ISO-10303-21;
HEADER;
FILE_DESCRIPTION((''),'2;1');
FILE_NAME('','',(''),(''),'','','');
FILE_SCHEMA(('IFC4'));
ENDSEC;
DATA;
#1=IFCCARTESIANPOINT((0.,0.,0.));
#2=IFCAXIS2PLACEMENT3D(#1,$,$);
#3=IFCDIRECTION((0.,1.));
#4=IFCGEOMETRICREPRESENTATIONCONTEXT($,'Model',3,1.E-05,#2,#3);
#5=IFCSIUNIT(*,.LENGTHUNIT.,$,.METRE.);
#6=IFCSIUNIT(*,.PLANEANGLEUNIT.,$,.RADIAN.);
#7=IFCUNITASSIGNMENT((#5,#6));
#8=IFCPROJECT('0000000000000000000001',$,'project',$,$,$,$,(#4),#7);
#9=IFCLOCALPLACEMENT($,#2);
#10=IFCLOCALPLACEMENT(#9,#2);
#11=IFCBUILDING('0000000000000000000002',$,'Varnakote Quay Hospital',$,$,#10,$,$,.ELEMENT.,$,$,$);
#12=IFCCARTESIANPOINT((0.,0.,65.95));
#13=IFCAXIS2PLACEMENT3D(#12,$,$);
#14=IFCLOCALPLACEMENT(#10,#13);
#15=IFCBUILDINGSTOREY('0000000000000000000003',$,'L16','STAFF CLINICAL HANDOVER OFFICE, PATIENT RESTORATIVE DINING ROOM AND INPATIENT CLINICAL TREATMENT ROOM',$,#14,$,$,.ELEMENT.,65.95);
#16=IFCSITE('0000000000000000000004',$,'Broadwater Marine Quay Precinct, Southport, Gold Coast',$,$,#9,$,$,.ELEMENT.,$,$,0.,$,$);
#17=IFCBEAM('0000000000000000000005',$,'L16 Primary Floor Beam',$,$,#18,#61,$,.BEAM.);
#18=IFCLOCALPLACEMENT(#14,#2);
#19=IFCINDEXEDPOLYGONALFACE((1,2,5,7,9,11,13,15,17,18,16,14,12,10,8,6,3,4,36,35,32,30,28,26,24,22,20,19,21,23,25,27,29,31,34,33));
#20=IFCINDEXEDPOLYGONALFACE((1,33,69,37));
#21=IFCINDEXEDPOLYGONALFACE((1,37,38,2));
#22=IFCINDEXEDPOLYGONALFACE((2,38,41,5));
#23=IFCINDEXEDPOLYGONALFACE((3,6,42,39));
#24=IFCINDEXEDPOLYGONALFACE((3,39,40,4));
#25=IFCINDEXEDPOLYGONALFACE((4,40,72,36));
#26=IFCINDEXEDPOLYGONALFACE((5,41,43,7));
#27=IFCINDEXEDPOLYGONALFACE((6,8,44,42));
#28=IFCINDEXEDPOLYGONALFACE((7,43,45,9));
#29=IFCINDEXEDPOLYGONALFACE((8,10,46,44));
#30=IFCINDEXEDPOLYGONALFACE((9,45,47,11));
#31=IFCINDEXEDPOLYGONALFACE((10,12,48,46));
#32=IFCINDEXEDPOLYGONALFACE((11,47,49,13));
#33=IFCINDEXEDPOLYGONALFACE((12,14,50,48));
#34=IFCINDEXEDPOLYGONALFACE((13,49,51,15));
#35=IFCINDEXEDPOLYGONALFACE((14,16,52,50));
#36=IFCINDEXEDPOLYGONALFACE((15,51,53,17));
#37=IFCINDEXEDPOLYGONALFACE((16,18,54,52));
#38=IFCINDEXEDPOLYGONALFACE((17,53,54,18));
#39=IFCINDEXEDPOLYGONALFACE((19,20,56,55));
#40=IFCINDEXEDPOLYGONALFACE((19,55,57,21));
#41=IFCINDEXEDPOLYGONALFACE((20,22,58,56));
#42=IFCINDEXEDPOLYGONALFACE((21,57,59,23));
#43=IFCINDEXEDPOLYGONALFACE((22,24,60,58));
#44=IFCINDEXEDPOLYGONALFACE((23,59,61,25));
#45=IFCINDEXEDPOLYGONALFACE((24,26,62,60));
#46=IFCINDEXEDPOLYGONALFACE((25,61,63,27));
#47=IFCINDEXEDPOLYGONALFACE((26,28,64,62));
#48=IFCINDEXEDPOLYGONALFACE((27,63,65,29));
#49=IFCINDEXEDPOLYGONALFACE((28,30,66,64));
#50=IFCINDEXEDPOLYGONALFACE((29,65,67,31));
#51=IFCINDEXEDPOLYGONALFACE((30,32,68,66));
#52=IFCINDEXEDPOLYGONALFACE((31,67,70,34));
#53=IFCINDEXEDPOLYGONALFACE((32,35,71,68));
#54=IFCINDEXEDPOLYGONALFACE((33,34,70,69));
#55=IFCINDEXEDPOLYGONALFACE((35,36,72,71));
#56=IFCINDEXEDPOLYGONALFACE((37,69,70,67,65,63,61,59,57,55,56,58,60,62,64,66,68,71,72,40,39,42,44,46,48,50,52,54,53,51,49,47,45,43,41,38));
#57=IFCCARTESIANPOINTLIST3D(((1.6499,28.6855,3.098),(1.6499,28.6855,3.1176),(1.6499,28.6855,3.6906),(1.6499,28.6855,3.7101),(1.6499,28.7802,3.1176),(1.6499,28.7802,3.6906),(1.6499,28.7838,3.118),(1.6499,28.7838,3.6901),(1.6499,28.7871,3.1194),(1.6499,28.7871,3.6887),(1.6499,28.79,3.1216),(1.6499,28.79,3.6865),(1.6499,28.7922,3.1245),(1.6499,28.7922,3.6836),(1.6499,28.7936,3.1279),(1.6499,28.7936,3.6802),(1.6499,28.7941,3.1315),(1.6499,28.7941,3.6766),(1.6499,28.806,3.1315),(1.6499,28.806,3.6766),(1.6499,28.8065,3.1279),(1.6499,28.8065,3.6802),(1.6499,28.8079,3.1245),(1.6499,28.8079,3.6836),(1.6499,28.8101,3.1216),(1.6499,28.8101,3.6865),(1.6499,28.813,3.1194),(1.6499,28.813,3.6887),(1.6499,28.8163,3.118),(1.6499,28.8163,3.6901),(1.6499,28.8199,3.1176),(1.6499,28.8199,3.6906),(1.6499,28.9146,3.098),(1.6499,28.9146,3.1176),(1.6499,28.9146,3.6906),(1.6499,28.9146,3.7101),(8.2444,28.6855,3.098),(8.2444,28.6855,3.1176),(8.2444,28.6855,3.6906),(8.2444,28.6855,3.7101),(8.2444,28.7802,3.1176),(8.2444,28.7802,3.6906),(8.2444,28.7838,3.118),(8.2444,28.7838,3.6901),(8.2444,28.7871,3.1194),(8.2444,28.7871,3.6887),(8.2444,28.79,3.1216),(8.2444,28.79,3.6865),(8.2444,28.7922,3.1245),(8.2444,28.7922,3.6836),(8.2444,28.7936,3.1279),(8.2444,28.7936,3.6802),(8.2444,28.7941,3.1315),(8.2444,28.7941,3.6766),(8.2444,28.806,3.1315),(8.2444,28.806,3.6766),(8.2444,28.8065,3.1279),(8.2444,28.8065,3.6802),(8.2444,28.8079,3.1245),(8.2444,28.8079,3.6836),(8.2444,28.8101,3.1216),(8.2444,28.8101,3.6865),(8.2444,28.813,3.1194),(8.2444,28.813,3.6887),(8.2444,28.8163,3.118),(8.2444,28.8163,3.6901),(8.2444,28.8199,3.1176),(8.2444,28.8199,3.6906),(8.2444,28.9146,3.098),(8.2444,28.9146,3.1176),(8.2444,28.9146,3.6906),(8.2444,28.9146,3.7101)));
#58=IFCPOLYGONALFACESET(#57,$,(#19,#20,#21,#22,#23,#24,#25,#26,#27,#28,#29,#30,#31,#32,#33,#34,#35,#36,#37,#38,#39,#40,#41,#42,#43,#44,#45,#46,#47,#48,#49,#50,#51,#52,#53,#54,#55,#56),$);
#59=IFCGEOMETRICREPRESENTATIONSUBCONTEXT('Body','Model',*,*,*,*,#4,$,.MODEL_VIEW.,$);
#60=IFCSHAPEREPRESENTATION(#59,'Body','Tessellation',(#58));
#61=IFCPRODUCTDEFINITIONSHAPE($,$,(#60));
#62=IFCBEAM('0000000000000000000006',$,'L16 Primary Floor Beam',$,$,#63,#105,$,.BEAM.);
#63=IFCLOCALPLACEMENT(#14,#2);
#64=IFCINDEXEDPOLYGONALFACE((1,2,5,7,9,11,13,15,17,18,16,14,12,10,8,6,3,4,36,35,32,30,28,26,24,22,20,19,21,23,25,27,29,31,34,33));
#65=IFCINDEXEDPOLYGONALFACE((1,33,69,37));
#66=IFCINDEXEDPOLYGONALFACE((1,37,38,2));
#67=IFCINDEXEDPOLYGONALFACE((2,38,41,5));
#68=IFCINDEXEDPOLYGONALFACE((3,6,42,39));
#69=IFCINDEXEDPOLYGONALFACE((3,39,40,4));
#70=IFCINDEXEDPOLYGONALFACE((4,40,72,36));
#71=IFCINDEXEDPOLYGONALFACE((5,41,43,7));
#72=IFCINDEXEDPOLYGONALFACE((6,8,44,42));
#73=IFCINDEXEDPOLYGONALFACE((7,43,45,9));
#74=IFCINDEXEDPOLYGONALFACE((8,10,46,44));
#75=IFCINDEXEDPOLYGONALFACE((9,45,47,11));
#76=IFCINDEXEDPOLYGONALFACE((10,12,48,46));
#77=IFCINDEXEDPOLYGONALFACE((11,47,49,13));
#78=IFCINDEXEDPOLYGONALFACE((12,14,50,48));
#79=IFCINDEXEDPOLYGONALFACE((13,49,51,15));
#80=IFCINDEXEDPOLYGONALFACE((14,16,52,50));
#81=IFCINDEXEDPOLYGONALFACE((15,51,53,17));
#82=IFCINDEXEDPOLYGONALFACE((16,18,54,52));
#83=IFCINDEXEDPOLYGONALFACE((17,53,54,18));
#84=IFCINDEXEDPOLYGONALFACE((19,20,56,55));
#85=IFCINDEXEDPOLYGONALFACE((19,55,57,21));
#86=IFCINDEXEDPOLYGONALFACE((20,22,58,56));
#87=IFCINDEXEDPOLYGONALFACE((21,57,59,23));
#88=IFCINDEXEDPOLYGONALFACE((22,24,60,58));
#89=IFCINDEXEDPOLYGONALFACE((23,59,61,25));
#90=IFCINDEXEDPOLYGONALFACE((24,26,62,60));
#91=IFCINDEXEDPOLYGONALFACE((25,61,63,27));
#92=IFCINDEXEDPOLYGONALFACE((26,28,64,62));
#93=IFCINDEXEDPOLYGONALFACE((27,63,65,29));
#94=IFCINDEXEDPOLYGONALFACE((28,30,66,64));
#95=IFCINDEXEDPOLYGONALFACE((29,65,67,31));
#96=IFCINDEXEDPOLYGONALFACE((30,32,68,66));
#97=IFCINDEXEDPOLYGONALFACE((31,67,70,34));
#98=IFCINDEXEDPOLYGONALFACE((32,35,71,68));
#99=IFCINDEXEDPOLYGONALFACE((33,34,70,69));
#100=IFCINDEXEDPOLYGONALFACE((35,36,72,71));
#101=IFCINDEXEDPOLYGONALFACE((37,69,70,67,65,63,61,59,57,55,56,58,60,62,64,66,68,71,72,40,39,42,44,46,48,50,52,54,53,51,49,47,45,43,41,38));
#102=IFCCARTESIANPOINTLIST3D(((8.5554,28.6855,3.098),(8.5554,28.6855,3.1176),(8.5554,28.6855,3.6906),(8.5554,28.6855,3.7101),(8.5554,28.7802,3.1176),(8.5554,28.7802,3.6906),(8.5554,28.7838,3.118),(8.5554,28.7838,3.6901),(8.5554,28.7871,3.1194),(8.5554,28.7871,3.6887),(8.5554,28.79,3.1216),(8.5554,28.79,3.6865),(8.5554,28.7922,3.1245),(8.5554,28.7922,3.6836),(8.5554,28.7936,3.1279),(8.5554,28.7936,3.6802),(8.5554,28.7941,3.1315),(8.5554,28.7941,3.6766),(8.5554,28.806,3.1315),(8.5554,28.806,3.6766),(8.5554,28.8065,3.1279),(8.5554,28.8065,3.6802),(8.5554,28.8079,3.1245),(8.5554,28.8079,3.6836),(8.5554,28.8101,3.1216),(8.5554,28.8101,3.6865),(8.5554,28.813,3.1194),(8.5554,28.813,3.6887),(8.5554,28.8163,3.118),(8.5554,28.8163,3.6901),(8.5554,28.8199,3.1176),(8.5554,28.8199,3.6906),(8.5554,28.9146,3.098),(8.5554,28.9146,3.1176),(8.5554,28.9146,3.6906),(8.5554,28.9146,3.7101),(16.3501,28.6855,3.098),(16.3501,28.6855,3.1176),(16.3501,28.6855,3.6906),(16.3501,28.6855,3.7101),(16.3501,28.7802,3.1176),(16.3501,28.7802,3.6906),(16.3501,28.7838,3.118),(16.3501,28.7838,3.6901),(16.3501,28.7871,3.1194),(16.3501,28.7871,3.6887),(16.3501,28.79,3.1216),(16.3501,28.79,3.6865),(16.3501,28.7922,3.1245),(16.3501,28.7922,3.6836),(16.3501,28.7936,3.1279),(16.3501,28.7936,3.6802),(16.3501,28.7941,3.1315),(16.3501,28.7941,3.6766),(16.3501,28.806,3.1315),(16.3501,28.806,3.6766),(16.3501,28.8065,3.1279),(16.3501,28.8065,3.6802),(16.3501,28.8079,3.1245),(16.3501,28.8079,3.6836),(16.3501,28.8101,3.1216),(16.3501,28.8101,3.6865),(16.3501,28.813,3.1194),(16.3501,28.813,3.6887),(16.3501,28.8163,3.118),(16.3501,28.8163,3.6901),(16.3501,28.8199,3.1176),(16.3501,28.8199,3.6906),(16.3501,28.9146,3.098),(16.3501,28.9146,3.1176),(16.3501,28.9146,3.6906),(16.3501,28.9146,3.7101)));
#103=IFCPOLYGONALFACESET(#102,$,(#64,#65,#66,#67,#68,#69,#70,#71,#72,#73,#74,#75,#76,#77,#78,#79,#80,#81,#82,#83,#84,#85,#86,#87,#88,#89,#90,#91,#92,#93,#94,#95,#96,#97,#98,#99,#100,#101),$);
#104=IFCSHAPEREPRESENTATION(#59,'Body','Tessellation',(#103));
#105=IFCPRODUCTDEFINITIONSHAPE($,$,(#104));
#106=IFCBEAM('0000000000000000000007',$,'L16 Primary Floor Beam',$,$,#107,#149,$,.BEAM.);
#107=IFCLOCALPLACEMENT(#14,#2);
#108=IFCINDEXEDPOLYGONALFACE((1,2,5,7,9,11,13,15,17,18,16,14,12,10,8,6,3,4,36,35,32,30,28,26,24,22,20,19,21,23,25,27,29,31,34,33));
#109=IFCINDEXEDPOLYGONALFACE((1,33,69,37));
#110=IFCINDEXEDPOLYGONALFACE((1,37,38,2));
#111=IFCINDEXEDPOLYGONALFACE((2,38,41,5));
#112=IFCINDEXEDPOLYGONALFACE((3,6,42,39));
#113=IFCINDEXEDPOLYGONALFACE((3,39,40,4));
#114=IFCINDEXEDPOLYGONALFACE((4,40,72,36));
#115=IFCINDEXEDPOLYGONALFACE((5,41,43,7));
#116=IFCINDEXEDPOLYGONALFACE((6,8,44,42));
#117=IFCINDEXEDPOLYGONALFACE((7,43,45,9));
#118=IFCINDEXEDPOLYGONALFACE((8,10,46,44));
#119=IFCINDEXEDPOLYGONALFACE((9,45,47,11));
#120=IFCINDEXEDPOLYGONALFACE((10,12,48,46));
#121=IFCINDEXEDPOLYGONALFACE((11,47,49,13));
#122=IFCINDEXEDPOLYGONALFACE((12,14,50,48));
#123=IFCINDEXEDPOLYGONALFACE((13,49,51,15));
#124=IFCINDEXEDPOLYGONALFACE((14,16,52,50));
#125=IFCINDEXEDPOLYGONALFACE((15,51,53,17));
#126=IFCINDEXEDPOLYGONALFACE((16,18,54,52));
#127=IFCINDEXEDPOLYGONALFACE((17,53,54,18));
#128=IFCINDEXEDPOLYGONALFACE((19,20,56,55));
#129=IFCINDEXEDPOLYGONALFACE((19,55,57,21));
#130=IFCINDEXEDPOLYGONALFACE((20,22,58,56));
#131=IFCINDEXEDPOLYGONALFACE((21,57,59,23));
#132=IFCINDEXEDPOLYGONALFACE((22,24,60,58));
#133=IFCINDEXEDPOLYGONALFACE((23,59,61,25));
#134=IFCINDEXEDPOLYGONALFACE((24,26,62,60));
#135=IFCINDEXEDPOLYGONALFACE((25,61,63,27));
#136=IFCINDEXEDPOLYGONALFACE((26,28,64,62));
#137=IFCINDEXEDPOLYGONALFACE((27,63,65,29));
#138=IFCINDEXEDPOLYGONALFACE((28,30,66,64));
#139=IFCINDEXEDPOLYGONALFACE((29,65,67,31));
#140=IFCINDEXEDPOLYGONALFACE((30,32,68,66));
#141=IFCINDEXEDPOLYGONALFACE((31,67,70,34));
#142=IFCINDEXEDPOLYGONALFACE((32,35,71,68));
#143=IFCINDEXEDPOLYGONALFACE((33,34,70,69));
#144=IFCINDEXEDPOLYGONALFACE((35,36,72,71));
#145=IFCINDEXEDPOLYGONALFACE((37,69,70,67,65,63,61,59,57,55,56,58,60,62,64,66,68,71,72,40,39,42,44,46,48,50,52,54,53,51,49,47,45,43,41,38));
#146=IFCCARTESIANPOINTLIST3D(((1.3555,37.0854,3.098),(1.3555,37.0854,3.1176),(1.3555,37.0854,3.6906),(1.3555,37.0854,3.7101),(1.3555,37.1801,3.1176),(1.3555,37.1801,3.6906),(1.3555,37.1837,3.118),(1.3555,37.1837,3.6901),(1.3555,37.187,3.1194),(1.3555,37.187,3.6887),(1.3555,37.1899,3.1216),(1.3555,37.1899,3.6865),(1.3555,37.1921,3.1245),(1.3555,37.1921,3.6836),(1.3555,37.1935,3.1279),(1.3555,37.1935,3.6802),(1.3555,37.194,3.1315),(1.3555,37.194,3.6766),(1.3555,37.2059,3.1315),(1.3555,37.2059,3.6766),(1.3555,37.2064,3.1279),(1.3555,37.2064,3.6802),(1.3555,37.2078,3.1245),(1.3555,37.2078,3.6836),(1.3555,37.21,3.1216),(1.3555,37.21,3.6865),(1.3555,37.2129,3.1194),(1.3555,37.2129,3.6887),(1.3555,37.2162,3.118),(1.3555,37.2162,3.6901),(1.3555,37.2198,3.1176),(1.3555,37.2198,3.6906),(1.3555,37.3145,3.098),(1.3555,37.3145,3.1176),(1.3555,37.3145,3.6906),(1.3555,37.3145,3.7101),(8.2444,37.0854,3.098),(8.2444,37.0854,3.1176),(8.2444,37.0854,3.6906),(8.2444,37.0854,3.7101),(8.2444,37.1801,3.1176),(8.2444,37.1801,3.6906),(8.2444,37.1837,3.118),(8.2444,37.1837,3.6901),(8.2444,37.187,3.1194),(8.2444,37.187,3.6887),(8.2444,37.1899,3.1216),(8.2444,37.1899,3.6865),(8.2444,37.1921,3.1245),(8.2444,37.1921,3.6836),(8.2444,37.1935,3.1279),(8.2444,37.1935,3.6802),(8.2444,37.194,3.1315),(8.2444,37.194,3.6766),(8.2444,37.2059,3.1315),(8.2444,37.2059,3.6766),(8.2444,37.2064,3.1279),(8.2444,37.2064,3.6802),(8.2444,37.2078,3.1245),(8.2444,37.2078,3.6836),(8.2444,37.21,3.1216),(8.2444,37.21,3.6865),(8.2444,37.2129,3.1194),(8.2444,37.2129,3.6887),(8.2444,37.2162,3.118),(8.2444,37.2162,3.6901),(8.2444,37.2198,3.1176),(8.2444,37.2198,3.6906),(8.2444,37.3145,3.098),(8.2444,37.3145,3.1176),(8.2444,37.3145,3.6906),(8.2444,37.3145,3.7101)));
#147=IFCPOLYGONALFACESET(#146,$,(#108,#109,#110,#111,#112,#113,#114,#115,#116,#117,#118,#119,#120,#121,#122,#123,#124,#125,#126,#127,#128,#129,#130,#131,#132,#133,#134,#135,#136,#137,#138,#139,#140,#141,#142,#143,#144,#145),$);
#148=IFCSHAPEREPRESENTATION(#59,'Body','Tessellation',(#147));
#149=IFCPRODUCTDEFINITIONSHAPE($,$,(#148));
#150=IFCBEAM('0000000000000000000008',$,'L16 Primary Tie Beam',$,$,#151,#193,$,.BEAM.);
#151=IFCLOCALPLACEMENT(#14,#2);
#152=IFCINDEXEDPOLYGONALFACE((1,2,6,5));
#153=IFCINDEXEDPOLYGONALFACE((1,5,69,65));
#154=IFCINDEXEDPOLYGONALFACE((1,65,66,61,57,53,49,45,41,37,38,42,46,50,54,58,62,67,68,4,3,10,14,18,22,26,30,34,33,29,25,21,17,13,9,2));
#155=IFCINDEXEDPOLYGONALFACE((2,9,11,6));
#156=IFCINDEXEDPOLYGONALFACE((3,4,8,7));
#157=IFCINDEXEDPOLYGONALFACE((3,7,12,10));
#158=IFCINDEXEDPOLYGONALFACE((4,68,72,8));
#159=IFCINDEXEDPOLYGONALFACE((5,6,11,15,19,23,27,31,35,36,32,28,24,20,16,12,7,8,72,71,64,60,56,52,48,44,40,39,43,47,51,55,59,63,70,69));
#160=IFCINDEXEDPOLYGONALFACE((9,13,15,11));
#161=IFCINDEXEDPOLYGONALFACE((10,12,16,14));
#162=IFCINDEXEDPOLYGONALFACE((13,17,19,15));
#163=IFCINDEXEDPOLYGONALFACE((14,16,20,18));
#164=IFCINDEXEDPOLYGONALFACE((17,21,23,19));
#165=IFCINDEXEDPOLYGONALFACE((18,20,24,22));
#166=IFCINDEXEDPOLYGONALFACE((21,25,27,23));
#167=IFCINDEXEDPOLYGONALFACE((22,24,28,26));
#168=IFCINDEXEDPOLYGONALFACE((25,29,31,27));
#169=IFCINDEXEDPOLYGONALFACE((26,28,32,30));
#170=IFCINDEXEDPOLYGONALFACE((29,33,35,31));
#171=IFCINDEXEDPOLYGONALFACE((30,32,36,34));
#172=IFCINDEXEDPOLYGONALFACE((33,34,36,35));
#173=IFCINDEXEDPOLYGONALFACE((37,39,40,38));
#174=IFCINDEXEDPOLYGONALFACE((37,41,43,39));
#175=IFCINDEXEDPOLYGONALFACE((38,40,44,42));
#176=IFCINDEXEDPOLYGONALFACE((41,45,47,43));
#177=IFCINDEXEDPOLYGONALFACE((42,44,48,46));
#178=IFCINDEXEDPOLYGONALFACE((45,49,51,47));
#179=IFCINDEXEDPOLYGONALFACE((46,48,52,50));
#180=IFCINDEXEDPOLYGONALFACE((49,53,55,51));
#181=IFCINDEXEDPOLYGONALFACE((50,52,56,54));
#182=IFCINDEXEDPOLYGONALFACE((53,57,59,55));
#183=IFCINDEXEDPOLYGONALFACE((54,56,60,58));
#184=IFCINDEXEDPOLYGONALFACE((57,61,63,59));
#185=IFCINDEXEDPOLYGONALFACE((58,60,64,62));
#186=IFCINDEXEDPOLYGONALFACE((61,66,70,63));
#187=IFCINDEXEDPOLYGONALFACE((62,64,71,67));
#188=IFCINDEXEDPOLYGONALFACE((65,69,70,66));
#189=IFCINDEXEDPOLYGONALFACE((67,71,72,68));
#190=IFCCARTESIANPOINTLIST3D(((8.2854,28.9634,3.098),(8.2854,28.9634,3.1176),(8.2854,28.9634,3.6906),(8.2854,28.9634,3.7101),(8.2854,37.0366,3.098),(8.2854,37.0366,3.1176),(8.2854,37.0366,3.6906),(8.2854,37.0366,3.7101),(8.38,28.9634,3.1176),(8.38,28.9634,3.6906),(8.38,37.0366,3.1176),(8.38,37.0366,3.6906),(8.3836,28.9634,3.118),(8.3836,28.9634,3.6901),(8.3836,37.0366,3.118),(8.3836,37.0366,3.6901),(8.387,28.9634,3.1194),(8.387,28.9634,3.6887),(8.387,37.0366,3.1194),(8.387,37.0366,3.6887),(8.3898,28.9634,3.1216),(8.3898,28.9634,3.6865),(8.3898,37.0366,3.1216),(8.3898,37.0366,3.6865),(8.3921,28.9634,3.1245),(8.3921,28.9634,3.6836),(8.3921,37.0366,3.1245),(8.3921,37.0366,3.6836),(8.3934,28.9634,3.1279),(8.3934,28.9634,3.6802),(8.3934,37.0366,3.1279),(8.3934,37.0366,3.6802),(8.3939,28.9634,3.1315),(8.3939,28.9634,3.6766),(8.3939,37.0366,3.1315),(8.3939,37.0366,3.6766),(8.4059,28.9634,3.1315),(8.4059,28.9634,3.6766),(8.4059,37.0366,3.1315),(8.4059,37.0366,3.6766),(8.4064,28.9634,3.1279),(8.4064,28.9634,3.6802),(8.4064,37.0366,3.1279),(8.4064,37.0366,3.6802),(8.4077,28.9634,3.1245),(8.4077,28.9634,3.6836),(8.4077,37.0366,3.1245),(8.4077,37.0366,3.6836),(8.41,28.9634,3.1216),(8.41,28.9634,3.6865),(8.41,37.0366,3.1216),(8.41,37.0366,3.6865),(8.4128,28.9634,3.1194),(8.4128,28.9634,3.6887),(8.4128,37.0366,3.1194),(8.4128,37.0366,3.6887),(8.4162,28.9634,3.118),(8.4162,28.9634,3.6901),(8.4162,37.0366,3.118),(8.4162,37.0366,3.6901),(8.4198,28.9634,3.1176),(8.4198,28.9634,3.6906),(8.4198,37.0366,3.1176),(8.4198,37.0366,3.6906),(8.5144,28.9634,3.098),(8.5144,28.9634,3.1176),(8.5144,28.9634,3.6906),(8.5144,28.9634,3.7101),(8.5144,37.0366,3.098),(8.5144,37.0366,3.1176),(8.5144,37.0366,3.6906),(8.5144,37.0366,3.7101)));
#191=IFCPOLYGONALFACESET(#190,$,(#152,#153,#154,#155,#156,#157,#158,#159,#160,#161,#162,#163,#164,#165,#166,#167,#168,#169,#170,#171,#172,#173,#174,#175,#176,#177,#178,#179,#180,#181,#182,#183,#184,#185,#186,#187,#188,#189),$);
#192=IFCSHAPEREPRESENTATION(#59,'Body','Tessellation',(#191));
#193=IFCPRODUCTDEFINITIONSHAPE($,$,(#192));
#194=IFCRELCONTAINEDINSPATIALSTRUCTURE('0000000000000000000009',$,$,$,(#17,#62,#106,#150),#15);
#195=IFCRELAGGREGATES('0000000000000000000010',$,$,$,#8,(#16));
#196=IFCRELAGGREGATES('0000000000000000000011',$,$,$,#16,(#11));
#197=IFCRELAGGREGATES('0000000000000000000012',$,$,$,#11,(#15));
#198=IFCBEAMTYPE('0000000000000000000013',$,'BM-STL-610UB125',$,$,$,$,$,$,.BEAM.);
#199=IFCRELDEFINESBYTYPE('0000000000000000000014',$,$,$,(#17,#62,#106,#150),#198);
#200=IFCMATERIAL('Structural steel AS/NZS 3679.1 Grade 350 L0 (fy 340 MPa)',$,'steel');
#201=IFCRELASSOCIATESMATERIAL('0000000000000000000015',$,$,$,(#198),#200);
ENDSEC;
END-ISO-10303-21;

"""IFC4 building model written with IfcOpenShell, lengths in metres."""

from ifc_helpers import new_model, si_unit, direction, frame, origin, origin_2d, place, context, subcontext, project, spatial, i_section, extrude, material, material_profile, profile_set, type_object, element, save


model = new_model("IFC4")

# Units and contexts
model_context = context("Model", 3, precision=1e-05, world=origin(), true_north=direction((0.0, 1.0)))
body_context = subcontext(model_context, "Body", "Model", "MODEL_VIEW")
ifc_project = project(units=[si_unit("LENGTHUNIT", "METRE"), si_unit("PLANEANGLEUNIT", "RADIAN")], contexts=[model_context])

# Site, building, storey
site_placement = place(None, origin())
site = spatial("IfcSite", under=ifc_project, at=site_placement, Name="Broadwater Marine Quay Precinct, Southport, Gold Coast", CompositionType="ELEMENT", RefElevation=0.0)
building_placement = place(site_placement, origin())
building = spatial("IfcBuilding", under=site, at=building_placement, Name="Varnakote Quay Hospital", CompositionType="ELEMENT")
storey_placement = place(building_placement, frame((0.0, 0.0, 65.95)))
storey = spatial("IfcBuildingStorey", under=building, at=storey_placement, Name="L16", Description="STAFF CLINICAL HANDOVER OFFICE, PATIENT RESTORATIVE DINING ROOM AND INPATIENT CLINICAL TREATMENT ROOM", CompositionType="ELEMENT", Elevation=65.95)

# Beams
ifc_material_1 = material(Name="Structural steel AS/NZS 3679.1 Grade 350 L0 (fy 340 MPa)", Category="steel")
ifc_material_profile_1 = material_profile(ifc_material_1, i_section(OverallWidth=0.229, OverallDepth=0.6121, WebThickness=0.012, FlangeThickness=0.0195, FilletRadius=0.0139, at=origin_2d()), Name="610UB125")
ifc_profile_set_1 = profile_set([ifc_material_profile_1], Name="Structural steel AS/NZS 3679.1 Grade 350 L0 (fy 340 MPa)")
beam_type_1 = type_object("IfcBeamType", Name="BM-STL-610UB125", PredefinedType="BEAM", material=ifc_profile_set_1)
beam_1_placement = place(storey_placement, frame((1.6499, 28.8, 3.4041), z_axis=(1.0, 0.0, 0.0), x_axis=(0.0, 1.0, 0.0)))
element("IfcBeam", 1, at=beam_1_placement, inside=storey, type_object=beam_type_1, Name="L16 Primary Floor Beam", PredefinedType="BEAM", context=body_context, shape_type="SweptSolid", body=[
    extrude(i_section(OverallWidth=0.229, OverallDepth=0.6121, WebThickness=0.012, FlangeThickness=0.0195, FilletRadius=0.0139, at=origin_2d()), origin(), (0.0, 0.0, 1.0), 6.5945),
])
beam_2_placement = place(storey_placement, frame((8.5554, 28.8, 3.4041), z_axis=(1.0, 0.0, 0.0), x_axis=(0.0, 1.0, 0.0)))
element("IfcBeam", 2, at=beam_2_placement, inside=storey, type_object=beam_type_1, Name="L16 Primary Floor Beam", PredefinedType="BEAM", context=body_context, shape_type="SweptSolid", body=[
    extrude(i_section(OverallWidth=0.229, OverallDepth=0.6121, WebThickness=0.012, FlangeThickness=0.0195, FilletRadius=0.0139, at=origin_2d()), origin(), (0.0, 0.0, 1.0), 7.7947),
])
beam_3_placement = place(storey_placement, frame((1.3555, 37.2, 3.4041), z_axis=(1.0, 0.0, 0.0), x_axis=(0.0, 1.0, 0.0)))
element("IfcBeam", 3, at=beam_3_placement, inside=storey, type_object=beam_type_1, Name="L16 Primary Floor Beam", PredefinedType="BEAM", context=body_context, shape_type="SweptSolid", body=[
    extrude(i_section(OverallWidth=0.229, OverallDepth=0.6121, WebThickness=0.012, FlangeThickness=0.0195, FilletRadius=0.0139, at=origin_2d()), origin(), (0.0, 0.0, 1.0), 6.8889),
])
beam_4_placement = place(storey_placement, frame((8.3999, 28.9634, 3.4041), z_axis=(0.0, 1.0, 0.0), x_axis=(-1.0, 0.0, 0.0)))
element("IfcBeam", 4, at=beam_4_placement, inside=storey, type_object=beam_type_1, Name="L16 Primary Tie Beam", PredefinedType="BEAM", context=body_context, shape_type="SweptSolid", body=[
    extrude(i_section(OverallWidth=0.229, OverallDepth=0.6121, WebThickness=0.012, FlangeThickness=0.0195, FilletRadius=0.0139, at=origin_2d()), origin(), (0.0, 0.0, 1.0), 8.0732),
])

save(model, "model.ifc")
